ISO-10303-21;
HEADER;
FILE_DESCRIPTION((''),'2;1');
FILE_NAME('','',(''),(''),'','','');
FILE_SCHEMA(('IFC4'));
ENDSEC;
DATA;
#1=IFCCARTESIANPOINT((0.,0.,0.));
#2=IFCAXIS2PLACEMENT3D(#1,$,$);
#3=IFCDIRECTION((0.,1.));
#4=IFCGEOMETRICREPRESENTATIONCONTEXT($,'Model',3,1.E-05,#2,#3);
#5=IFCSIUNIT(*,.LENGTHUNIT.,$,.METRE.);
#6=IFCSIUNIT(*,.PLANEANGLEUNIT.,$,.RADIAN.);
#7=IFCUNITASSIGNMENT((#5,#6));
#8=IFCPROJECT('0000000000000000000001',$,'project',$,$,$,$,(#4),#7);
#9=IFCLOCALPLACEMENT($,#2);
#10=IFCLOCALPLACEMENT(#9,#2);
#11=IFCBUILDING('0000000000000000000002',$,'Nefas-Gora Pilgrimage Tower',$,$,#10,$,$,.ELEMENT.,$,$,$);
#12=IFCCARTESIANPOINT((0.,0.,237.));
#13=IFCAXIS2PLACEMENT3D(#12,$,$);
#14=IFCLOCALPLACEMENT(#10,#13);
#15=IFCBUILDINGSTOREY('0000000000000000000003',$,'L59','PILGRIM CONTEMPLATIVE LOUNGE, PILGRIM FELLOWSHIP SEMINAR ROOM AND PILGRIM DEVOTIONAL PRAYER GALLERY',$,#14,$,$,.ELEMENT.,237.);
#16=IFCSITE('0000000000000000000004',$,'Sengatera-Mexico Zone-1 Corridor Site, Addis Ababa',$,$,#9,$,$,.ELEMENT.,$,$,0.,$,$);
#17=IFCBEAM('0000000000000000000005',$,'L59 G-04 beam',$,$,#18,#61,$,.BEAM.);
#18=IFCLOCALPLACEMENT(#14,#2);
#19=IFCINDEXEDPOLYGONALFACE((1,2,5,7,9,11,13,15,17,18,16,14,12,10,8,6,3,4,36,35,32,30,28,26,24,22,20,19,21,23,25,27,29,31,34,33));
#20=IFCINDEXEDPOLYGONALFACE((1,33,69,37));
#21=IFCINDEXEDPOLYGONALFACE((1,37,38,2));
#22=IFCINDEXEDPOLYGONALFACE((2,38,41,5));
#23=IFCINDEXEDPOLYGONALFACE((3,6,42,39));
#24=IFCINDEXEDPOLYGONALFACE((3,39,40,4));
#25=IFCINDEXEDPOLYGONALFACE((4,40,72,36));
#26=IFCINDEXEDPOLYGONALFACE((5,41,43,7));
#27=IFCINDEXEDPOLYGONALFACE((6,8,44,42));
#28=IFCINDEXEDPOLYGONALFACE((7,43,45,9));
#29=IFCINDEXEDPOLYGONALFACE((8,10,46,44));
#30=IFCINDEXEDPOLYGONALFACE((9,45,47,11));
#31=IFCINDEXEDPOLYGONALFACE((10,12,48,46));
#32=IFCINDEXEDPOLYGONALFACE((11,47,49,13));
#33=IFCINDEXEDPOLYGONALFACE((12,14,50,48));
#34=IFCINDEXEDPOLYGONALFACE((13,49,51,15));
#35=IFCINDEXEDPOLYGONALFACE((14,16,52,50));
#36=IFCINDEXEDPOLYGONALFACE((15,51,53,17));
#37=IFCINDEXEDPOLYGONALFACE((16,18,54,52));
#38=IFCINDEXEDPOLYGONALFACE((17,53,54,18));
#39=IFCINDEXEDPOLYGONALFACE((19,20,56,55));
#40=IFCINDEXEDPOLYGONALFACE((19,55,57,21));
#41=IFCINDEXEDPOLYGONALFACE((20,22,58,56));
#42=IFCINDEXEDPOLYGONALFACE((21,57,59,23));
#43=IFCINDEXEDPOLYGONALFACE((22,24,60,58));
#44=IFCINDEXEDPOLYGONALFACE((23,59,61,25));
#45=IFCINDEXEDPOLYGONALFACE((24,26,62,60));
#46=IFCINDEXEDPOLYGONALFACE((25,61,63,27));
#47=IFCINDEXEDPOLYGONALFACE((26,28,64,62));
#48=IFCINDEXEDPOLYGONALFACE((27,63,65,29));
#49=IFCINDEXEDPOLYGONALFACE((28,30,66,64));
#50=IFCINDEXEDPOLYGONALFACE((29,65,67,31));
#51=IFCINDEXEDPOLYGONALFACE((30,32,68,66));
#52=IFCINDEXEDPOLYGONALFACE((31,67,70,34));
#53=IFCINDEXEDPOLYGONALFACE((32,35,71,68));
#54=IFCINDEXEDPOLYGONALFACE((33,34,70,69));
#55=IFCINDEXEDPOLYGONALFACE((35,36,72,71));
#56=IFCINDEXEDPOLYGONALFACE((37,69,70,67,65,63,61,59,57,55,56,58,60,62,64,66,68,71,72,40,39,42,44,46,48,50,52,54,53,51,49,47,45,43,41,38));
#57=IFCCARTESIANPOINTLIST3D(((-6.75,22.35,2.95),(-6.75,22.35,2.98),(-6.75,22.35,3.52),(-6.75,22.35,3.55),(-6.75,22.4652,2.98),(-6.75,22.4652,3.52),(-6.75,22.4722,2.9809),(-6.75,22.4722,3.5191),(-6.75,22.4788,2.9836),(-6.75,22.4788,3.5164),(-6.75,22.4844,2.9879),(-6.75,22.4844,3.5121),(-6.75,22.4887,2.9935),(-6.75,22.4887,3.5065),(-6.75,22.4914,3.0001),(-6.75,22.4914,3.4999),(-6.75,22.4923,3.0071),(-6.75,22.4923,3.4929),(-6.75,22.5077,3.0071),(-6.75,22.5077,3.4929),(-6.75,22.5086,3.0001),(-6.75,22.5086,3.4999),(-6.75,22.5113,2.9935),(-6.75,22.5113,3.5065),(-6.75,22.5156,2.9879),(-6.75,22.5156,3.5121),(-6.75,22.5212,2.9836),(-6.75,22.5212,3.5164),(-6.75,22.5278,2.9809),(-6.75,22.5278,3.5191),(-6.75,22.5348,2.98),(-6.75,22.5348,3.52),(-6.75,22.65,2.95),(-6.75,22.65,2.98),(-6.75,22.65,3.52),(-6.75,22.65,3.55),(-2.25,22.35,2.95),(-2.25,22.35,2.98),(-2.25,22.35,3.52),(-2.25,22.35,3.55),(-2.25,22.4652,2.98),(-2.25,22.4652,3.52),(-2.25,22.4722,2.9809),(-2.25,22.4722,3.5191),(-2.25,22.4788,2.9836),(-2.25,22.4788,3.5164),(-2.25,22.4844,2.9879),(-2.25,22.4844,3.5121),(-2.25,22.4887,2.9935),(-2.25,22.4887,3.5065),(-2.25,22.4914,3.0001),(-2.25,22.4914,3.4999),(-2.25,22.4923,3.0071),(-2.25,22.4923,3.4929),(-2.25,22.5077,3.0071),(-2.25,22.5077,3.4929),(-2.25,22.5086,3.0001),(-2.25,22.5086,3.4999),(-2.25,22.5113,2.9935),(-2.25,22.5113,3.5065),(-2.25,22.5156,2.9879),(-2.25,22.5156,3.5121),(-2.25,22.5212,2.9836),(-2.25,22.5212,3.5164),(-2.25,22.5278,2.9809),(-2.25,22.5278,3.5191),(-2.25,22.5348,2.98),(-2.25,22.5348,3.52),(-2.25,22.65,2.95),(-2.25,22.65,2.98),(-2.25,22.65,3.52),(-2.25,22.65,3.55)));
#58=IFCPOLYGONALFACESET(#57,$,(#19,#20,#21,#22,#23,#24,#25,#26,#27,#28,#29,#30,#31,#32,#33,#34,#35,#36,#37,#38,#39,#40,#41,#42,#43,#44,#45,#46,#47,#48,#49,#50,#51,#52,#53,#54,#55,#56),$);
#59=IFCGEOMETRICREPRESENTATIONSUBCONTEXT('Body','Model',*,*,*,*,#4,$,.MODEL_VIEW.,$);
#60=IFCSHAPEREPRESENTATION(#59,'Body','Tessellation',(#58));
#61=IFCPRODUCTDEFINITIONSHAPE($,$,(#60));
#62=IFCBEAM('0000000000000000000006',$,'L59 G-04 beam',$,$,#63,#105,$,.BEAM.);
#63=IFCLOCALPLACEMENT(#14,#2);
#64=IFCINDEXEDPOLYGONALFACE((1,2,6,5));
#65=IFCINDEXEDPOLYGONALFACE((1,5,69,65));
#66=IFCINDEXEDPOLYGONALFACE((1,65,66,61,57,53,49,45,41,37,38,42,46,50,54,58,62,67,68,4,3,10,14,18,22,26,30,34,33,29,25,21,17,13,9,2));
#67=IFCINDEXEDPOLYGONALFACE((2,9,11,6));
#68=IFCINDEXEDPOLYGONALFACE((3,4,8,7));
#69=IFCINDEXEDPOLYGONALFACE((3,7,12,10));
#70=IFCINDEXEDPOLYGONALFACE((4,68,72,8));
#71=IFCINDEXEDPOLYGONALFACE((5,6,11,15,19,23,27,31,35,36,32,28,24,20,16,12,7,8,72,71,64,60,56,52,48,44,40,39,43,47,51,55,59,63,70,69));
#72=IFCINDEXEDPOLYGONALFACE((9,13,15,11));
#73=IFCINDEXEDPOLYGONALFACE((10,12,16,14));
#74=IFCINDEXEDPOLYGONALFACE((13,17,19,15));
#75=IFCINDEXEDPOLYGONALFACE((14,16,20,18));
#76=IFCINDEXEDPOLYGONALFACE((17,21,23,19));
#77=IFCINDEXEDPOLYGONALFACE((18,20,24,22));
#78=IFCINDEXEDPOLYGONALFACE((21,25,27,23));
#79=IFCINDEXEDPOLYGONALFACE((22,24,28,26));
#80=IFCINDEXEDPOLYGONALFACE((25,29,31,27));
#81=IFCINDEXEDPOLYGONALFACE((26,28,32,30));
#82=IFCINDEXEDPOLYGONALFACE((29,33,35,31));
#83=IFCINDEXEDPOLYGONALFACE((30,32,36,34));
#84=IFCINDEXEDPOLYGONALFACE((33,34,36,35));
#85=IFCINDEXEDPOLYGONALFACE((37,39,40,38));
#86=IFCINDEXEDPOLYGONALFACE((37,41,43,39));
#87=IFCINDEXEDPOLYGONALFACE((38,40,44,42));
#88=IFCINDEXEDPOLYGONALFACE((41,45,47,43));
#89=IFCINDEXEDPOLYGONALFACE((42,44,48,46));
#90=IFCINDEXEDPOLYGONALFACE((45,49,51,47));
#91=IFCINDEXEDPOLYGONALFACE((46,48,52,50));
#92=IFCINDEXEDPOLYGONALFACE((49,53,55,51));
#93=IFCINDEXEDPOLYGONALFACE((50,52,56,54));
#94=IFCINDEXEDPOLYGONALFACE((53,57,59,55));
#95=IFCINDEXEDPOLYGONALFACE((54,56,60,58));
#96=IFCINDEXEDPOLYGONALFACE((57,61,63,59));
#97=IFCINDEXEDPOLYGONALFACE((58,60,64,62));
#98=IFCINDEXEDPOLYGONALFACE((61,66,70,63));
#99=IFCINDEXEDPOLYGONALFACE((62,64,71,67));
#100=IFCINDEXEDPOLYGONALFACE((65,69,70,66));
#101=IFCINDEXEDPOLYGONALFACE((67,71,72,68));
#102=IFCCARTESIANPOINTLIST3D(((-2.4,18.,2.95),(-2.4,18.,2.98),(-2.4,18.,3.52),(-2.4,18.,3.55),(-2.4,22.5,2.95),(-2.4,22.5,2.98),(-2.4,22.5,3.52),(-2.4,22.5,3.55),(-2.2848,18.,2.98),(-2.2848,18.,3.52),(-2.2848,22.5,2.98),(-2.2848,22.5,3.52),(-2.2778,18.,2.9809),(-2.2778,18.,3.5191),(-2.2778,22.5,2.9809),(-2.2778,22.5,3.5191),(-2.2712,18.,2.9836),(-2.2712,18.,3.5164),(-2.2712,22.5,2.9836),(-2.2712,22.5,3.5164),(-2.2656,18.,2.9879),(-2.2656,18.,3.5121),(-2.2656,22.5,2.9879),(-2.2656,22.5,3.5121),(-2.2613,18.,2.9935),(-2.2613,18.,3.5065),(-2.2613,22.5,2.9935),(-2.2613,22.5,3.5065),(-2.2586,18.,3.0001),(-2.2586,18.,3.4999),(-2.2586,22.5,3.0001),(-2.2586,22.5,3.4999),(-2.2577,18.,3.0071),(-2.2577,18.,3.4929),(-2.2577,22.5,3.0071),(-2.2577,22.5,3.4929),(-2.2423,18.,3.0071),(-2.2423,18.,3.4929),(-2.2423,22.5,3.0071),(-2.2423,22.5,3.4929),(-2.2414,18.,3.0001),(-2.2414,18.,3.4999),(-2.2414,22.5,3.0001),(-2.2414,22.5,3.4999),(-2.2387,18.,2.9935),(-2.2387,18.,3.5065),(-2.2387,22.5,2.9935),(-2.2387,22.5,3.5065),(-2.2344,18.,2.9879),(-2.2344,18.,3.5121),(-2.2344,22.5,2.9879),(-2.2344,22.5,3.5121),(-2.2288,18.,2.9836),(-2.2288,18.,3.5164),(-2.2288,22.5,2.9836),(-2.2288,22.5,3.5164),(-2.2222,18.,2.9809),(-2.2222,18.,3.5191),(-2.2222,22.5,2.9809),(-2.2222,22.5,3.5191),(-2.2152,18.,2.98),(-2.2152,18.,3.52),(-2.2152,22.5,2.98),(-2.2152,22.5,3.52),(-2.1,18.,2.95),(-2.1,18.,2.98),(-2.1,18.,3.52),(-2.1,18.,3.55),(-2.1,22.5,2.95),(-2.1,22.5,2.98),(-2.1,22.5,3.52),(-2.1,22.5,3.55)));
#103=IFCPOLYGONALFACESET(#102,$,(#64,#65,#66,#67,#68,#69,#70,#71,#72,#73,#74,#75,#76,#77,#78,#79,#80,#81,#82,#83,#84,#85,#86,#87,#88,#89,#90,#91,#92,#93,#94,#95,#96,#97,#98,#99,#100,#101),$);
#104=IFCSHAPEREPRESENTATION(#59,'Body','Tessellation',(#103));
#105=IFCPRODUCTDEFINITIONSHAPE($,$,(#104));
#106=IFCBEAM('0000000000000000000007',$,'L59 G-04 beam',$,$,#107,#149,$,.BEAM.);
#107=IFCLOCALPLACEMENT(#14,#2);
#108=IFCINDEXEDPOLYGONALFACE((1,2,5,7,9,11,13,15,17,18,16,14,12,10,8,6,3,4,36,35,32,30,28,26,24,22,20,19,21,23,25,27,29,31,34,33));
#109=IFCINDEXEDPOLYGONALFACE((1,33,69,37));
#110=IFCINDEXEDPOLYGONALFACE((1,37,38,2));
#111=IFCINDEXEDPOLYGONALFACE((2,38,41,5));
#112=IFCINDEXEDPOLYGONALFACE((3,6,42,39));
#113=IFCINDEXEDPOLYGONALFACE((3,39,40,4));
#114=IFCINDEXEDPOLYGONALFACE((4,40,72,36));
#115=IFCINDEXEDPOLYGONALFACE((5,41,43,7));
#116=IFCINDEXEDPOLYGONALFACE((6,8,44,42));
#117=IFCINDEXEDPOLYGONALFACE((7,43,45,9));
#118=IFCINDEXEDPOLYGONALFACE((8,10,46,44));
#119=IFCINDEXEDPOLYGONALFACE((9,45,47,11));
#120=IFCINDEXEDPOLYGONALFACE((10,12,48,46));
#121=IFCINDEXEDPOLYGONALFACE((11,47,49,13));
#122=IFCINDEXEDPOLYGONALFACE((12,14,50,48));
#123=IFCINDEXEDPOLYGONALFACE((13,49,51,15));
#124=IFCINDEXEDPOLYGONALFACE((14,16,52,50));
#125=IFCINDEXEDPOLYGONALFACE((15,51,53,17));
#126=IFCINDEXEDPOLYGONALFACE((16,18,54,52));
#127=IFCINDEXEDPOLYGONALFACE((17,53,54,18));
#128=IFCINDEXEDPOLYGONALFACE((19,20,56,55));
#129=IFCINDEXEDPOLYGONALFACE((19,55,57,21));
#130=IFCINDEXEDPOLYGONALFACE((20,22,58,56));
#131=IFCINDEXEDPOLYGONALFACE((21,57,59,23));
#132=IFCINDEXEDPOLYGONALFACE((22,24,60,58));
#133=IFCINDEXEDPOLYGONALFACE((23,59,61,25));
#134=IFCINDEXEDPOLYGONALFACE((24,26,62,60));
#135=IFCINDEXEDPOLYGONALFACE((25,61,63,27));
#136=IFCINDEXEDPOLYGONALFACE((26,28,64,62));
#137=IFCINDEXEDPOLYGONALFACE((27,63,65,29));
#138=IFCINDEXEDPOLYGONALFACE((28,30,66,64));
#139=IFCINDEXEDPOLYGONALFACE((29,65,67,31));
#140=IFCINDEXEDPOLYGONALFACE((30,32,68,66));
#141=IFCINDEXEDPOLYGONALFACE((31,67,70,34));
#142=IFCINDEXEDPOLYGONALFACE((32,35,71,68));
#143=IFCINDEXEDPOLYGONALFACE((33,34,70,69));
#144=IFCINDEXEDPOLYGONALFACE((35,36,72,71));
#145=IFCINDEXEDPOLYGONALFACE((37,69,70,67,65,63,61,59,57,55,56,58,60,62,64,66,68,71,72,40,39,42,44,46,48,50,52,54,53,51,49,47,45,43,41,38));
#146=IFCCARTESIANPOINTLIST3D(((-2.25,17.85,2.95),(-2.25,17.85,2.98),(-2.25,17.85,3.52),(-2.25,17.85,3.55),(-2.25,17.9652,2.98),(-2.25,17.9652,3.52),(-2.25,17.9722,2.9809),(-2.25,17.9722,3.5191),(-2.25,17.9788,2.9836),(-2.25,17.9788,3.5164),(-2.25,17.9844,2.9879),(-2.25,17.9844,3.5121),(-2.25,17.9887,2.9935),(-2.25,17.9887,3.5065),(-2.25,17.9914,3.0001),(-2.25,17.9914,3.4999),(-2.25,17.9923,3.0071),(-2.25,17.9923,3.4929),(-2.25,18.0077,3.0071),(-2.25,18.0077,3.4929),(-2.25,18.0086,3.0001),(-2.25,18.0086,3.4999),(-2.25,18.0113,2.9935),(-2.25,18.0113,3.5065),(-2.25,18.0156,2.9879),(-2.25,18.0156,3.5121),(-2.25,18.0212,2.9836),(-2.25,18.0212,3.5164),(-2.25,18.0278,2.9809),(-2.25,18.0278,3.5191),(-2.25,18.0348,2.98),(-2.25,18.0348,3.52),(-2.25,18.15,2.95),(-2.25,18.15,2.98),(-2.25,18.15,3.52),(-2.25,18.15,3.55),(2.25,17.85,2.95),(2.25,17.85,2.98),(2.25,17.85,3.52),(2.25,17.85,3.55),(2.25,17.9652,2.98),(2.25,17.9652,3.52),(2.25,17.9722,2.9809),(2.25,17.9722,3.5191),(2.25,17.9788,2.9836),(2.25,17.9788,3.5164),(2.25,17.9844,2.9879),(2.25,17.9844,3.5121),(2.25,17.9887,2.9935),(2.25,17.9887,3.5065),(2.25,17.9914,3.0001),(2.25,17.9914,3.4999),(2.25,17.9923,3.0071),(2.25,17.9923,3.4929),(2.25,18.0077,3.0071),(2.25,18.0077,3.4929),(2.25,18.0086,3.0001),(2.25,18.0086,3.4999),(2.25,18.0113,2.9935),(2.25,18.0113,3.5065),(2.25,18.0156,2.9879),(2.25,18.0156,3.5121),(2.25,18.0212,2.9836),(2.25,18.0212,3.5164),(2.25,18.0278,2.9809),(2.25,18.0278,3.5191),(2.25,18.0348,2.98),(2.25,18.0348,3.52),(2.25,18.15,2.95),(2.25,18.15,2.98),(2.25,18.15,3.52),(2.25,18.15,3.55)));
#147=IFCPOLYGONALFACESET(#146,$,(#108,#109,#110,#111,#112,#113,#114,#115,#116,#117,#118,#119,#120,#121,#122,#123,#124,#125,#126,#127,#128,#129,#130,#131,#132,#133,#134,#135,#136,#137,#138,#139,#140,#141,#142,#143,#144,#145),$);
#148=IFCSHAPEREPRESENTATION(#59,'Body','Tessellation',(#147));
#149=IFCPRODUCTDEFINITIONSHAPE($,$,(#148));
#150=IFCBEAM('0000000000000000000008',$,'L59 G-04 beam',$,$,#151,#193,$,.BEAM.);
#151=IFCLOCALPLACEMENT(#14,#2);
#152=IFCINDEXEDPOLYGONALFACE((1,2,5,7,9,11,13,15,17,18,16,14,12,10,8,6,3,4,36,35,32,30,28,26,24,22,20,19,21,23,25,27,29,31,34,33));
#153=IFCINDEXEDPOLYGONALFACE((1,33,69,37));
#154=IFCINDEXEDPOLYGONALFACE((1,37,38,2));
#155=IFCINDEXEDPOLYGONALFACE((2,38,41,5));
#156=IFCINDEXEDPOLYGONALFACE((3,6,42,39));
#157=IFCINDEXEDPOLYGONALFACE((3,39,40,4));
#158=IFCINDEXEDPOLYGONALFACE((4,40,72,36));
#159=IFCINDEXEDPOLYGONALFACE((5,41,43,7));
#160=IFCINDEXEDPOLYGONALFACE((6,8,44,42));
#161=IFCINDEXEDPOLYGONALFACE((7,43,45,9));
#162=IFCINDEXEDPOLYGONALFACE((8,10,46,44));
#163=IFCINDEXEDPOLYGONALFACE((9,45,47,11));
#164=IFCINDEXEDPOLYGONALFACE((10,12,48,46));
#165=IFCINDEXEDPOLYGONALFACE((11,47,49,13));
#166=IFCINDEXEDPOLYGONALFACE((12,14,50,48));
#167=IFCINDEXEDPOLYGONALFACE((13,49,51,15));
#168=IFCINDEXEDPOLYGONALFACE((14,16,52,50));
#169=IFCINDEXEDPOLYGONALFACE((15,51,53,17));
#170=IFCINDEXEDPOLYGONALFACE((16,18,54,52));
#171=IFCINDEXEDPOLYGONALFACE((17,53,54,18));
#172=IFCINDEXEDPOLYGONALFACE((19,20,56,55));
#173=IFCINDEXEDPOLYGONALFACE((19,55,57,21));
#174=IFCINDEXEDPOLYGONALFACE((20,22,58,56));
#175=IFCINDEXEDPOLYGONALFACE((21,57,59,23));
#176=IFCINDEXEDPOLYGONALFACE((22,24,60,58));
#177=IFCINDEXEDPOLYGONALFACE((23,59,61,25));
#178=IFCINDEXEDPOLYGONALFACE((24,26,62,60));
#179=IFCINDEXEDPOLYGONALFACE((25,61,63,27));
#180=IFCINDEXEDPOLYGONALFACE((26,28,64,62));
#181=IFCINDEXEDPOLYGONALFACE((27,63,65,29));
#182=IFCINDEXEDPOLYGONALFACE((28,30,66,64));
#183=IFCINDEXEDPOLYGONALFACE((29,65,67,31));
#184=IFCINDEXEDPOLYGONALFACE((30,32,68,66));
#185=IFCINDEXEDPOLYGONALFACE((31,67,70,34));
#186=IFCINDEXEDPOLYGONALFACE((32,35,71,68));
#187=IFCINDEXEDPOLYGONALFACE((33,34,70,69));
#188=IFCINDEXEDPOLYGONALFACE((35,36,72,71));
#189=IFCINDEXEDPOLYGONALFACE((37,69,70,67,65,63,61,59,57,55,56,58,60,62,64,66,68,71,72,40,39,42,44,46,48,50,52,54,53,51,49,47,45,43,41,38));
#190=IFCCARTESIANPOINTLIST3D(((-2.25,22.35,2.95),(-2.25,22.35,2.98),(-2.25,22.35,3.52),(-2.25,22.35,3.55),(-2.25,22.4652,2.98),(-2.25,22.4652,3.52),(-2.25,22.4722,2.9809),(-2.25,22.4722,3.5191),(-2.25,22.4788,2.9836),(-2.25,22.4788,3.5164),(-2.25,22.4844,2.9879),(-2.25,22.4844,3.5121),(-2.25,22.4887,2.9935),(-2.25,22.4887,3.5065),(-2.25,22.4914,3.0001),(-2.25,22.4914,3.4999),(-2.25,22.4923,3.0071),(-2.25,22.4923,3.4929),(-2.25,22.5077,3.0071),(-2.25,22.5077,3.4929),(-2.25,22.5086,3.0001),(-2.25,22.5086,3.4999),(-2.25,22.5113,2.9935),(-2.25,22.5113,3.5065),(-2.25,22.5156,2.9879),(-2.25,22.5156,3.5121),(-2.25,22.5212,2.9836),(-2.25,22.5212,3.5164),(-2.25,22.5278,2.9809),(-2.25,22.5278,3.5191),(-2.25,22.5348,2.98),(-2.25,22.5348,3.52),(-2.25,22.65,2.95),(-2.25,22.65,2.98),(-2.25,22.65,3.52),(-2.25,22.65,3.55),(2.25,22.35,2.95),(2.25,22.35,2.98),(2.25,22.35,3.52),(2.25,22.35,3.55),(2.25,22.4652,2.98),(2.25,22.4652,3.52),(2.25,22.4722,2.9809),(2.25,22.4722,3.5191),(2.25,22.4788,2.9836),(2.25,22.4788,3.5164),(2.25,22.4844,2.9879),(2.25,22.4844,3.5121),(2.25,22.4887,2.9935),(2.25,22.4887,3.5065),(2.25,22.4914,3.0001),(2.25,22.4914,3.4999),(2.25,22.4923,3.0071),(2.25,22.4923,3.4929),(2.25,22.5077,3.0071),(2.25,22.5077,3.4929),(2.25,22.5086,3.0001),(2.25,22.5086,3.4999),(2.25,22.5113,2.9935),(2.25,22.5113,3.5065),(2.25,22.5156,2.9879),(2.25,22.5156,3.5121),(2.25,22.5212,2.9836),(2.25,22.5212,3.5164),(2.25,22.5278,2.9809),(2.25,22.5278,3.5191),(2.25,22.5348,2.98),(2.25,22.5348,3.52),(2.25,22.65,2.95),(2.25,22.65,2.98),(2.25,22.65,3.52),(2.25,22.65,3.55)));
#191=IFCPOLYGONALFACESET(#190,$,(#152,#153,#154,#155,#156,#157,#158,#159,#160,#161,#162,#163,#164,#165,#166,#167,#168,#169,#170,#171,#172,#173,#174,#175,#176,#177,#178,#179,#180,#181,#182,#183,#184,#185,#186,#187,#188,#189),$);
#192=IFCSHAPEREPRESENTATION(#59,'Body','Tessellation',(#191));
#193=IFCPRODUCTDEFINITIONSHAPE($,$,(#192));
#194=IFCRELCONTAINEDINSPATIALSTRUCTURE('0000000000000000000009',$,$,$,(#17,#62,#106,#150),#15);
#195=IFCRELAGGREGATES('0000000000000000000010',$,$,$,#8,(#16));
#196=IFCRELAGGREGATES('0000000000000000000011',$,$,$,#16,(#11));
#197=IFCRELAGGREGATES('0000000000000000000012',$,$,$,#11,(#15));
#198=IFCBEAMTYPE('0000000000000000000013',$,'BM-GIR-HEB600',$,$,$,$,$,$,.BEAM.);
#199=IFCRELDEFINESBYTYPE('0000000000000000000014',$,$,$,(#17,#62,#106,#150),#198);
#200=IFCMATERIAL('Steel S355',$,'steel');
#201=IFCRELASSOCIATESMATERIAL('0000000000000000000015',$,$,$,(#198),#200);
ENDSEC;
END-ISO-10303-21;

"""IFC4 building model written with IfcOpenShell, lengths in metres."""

from ifc_helpers import new_model, si_unit, direction, frame, origin, origin_2d, place, context, subcontext, project, spatial, i_section, extrude, source, transform, mapped, material, material_profile, profile_set, type_object, element, save


model = new_model("IFC4")

# Units and contexts
model_context = context("Model", 3, precision=1e-05, world=origin(), true_north=direction((0.0, 1.0)))
body_context = subcontext(model_context, "Body", "Model", "MODEL_VIEW")
ifc_project = project(units=[si_unit("LENGTHUNIT", "METRE"), si_unit("PLANEANGLEUNIT", "RADIAN")], contexts=[model_context])

# Site, building, storey
site_placement = place(None, origin())
site = spatial("IfcSite", under=ifc_project, at=site_placement, Name="Sengatera-Mexico Zone-1 Corridor Site, Addis Ababa", CompositionType="ELEMENT", RefElevation=0.0)
building_placement = place(site_placement, origin())
building = spatial("IfcBuilding", under=site, at=building_placement, Name="Nefas-Gora Pilgrimage Tower", CompositionType="ELEMENT")
storey_placement = place(building_placement, frame((0.0, 0.0, 237.0)))
storey = spatial("IfcBuildingStorey", under=building, at=storey_placement, Name="L59", Description="PILGRIM CONTEMPLATIVE LOUNGE, PILGRIM FELLOWSHIP SEMINAR ROOM AND PILGRIM DEVOTIONAL PRAYER GALLERY", CompositionType="ELEMENT", Elevation=237.0)

# Beams
ifc_material_1 = material(Name="Steel S355", Category="steel")
ifc_material_profile_1 = material_profile(ifc_material_1, i_section(OverallWidth=0.3, OverallDepth=0.6001, WebThickness=0.0154, FlangeThickness=0.03, FilletRadius=0.0271, at=origin_2d()), Name="HEB 600")
ifc_profile_set_1 = profile_set([ifc_material_profile_1], Name="Steel S355")
beam_type = type_object("IfcBeamType", Name="BM-GIR-HEB600", PredefinedType="BEAM", material=ifc_profile_set_1)
shared_shape_1 = source(origin(), body_context, "Body", "SweptSolid", [
    extrude(i_section(OverallWidth=0.3, OverallDepth=0.6001, WebThickness=0.0154, FlangeThickness=0.03, FilletRadius=0.0271, at=origin_2d()), origin(), (0.0, 0.0, 1.0), 4.5),
])
for number, where, z_axis, x_axis, name in (
    (1, (-6.75, 22.5, 3.25), (1.0, 0.0, 0.0), (0.0, 1.0, 0.0), "L59 G-04 beam"),
    (2, (-2.25, 18.0, 3.25), (0.0, 1.0, 0.0), (-1.0, 0.0, 0.0), "L59 G-04 beam"),
    (3, (-2.25, 18.0, 3.25), (1.0, 0.0, 0.0), (0.0, 1.0, 0.0), "L59 G-04 beam"),
    (4, (-2.25, 22.5, 3.25), (1.0, 0.0, 0.0), (0.0, 1.0, 0.0), "L59 G-04 beam"),
):
    element("IfcBeam", number, at=place(storey_placement, frame(where, z_axis=z_axis, x_axis=x_axis)), inside=storey, type_object=beam_type, Name=name, PredefinedType="BEAM", context=body_context, shape_type="MappedRepresentation", body=[
        mapped(shared_shape_1, transform((0.0, 0.0, 0.0), x_axis=(1.0, 0.0, 0.0), y_axis=(0.0, 1.0, 0.0), z_axis=(0.0, 0.0, 1.0), scale=1.0)),
    ])

save(model, "model.ifc")
